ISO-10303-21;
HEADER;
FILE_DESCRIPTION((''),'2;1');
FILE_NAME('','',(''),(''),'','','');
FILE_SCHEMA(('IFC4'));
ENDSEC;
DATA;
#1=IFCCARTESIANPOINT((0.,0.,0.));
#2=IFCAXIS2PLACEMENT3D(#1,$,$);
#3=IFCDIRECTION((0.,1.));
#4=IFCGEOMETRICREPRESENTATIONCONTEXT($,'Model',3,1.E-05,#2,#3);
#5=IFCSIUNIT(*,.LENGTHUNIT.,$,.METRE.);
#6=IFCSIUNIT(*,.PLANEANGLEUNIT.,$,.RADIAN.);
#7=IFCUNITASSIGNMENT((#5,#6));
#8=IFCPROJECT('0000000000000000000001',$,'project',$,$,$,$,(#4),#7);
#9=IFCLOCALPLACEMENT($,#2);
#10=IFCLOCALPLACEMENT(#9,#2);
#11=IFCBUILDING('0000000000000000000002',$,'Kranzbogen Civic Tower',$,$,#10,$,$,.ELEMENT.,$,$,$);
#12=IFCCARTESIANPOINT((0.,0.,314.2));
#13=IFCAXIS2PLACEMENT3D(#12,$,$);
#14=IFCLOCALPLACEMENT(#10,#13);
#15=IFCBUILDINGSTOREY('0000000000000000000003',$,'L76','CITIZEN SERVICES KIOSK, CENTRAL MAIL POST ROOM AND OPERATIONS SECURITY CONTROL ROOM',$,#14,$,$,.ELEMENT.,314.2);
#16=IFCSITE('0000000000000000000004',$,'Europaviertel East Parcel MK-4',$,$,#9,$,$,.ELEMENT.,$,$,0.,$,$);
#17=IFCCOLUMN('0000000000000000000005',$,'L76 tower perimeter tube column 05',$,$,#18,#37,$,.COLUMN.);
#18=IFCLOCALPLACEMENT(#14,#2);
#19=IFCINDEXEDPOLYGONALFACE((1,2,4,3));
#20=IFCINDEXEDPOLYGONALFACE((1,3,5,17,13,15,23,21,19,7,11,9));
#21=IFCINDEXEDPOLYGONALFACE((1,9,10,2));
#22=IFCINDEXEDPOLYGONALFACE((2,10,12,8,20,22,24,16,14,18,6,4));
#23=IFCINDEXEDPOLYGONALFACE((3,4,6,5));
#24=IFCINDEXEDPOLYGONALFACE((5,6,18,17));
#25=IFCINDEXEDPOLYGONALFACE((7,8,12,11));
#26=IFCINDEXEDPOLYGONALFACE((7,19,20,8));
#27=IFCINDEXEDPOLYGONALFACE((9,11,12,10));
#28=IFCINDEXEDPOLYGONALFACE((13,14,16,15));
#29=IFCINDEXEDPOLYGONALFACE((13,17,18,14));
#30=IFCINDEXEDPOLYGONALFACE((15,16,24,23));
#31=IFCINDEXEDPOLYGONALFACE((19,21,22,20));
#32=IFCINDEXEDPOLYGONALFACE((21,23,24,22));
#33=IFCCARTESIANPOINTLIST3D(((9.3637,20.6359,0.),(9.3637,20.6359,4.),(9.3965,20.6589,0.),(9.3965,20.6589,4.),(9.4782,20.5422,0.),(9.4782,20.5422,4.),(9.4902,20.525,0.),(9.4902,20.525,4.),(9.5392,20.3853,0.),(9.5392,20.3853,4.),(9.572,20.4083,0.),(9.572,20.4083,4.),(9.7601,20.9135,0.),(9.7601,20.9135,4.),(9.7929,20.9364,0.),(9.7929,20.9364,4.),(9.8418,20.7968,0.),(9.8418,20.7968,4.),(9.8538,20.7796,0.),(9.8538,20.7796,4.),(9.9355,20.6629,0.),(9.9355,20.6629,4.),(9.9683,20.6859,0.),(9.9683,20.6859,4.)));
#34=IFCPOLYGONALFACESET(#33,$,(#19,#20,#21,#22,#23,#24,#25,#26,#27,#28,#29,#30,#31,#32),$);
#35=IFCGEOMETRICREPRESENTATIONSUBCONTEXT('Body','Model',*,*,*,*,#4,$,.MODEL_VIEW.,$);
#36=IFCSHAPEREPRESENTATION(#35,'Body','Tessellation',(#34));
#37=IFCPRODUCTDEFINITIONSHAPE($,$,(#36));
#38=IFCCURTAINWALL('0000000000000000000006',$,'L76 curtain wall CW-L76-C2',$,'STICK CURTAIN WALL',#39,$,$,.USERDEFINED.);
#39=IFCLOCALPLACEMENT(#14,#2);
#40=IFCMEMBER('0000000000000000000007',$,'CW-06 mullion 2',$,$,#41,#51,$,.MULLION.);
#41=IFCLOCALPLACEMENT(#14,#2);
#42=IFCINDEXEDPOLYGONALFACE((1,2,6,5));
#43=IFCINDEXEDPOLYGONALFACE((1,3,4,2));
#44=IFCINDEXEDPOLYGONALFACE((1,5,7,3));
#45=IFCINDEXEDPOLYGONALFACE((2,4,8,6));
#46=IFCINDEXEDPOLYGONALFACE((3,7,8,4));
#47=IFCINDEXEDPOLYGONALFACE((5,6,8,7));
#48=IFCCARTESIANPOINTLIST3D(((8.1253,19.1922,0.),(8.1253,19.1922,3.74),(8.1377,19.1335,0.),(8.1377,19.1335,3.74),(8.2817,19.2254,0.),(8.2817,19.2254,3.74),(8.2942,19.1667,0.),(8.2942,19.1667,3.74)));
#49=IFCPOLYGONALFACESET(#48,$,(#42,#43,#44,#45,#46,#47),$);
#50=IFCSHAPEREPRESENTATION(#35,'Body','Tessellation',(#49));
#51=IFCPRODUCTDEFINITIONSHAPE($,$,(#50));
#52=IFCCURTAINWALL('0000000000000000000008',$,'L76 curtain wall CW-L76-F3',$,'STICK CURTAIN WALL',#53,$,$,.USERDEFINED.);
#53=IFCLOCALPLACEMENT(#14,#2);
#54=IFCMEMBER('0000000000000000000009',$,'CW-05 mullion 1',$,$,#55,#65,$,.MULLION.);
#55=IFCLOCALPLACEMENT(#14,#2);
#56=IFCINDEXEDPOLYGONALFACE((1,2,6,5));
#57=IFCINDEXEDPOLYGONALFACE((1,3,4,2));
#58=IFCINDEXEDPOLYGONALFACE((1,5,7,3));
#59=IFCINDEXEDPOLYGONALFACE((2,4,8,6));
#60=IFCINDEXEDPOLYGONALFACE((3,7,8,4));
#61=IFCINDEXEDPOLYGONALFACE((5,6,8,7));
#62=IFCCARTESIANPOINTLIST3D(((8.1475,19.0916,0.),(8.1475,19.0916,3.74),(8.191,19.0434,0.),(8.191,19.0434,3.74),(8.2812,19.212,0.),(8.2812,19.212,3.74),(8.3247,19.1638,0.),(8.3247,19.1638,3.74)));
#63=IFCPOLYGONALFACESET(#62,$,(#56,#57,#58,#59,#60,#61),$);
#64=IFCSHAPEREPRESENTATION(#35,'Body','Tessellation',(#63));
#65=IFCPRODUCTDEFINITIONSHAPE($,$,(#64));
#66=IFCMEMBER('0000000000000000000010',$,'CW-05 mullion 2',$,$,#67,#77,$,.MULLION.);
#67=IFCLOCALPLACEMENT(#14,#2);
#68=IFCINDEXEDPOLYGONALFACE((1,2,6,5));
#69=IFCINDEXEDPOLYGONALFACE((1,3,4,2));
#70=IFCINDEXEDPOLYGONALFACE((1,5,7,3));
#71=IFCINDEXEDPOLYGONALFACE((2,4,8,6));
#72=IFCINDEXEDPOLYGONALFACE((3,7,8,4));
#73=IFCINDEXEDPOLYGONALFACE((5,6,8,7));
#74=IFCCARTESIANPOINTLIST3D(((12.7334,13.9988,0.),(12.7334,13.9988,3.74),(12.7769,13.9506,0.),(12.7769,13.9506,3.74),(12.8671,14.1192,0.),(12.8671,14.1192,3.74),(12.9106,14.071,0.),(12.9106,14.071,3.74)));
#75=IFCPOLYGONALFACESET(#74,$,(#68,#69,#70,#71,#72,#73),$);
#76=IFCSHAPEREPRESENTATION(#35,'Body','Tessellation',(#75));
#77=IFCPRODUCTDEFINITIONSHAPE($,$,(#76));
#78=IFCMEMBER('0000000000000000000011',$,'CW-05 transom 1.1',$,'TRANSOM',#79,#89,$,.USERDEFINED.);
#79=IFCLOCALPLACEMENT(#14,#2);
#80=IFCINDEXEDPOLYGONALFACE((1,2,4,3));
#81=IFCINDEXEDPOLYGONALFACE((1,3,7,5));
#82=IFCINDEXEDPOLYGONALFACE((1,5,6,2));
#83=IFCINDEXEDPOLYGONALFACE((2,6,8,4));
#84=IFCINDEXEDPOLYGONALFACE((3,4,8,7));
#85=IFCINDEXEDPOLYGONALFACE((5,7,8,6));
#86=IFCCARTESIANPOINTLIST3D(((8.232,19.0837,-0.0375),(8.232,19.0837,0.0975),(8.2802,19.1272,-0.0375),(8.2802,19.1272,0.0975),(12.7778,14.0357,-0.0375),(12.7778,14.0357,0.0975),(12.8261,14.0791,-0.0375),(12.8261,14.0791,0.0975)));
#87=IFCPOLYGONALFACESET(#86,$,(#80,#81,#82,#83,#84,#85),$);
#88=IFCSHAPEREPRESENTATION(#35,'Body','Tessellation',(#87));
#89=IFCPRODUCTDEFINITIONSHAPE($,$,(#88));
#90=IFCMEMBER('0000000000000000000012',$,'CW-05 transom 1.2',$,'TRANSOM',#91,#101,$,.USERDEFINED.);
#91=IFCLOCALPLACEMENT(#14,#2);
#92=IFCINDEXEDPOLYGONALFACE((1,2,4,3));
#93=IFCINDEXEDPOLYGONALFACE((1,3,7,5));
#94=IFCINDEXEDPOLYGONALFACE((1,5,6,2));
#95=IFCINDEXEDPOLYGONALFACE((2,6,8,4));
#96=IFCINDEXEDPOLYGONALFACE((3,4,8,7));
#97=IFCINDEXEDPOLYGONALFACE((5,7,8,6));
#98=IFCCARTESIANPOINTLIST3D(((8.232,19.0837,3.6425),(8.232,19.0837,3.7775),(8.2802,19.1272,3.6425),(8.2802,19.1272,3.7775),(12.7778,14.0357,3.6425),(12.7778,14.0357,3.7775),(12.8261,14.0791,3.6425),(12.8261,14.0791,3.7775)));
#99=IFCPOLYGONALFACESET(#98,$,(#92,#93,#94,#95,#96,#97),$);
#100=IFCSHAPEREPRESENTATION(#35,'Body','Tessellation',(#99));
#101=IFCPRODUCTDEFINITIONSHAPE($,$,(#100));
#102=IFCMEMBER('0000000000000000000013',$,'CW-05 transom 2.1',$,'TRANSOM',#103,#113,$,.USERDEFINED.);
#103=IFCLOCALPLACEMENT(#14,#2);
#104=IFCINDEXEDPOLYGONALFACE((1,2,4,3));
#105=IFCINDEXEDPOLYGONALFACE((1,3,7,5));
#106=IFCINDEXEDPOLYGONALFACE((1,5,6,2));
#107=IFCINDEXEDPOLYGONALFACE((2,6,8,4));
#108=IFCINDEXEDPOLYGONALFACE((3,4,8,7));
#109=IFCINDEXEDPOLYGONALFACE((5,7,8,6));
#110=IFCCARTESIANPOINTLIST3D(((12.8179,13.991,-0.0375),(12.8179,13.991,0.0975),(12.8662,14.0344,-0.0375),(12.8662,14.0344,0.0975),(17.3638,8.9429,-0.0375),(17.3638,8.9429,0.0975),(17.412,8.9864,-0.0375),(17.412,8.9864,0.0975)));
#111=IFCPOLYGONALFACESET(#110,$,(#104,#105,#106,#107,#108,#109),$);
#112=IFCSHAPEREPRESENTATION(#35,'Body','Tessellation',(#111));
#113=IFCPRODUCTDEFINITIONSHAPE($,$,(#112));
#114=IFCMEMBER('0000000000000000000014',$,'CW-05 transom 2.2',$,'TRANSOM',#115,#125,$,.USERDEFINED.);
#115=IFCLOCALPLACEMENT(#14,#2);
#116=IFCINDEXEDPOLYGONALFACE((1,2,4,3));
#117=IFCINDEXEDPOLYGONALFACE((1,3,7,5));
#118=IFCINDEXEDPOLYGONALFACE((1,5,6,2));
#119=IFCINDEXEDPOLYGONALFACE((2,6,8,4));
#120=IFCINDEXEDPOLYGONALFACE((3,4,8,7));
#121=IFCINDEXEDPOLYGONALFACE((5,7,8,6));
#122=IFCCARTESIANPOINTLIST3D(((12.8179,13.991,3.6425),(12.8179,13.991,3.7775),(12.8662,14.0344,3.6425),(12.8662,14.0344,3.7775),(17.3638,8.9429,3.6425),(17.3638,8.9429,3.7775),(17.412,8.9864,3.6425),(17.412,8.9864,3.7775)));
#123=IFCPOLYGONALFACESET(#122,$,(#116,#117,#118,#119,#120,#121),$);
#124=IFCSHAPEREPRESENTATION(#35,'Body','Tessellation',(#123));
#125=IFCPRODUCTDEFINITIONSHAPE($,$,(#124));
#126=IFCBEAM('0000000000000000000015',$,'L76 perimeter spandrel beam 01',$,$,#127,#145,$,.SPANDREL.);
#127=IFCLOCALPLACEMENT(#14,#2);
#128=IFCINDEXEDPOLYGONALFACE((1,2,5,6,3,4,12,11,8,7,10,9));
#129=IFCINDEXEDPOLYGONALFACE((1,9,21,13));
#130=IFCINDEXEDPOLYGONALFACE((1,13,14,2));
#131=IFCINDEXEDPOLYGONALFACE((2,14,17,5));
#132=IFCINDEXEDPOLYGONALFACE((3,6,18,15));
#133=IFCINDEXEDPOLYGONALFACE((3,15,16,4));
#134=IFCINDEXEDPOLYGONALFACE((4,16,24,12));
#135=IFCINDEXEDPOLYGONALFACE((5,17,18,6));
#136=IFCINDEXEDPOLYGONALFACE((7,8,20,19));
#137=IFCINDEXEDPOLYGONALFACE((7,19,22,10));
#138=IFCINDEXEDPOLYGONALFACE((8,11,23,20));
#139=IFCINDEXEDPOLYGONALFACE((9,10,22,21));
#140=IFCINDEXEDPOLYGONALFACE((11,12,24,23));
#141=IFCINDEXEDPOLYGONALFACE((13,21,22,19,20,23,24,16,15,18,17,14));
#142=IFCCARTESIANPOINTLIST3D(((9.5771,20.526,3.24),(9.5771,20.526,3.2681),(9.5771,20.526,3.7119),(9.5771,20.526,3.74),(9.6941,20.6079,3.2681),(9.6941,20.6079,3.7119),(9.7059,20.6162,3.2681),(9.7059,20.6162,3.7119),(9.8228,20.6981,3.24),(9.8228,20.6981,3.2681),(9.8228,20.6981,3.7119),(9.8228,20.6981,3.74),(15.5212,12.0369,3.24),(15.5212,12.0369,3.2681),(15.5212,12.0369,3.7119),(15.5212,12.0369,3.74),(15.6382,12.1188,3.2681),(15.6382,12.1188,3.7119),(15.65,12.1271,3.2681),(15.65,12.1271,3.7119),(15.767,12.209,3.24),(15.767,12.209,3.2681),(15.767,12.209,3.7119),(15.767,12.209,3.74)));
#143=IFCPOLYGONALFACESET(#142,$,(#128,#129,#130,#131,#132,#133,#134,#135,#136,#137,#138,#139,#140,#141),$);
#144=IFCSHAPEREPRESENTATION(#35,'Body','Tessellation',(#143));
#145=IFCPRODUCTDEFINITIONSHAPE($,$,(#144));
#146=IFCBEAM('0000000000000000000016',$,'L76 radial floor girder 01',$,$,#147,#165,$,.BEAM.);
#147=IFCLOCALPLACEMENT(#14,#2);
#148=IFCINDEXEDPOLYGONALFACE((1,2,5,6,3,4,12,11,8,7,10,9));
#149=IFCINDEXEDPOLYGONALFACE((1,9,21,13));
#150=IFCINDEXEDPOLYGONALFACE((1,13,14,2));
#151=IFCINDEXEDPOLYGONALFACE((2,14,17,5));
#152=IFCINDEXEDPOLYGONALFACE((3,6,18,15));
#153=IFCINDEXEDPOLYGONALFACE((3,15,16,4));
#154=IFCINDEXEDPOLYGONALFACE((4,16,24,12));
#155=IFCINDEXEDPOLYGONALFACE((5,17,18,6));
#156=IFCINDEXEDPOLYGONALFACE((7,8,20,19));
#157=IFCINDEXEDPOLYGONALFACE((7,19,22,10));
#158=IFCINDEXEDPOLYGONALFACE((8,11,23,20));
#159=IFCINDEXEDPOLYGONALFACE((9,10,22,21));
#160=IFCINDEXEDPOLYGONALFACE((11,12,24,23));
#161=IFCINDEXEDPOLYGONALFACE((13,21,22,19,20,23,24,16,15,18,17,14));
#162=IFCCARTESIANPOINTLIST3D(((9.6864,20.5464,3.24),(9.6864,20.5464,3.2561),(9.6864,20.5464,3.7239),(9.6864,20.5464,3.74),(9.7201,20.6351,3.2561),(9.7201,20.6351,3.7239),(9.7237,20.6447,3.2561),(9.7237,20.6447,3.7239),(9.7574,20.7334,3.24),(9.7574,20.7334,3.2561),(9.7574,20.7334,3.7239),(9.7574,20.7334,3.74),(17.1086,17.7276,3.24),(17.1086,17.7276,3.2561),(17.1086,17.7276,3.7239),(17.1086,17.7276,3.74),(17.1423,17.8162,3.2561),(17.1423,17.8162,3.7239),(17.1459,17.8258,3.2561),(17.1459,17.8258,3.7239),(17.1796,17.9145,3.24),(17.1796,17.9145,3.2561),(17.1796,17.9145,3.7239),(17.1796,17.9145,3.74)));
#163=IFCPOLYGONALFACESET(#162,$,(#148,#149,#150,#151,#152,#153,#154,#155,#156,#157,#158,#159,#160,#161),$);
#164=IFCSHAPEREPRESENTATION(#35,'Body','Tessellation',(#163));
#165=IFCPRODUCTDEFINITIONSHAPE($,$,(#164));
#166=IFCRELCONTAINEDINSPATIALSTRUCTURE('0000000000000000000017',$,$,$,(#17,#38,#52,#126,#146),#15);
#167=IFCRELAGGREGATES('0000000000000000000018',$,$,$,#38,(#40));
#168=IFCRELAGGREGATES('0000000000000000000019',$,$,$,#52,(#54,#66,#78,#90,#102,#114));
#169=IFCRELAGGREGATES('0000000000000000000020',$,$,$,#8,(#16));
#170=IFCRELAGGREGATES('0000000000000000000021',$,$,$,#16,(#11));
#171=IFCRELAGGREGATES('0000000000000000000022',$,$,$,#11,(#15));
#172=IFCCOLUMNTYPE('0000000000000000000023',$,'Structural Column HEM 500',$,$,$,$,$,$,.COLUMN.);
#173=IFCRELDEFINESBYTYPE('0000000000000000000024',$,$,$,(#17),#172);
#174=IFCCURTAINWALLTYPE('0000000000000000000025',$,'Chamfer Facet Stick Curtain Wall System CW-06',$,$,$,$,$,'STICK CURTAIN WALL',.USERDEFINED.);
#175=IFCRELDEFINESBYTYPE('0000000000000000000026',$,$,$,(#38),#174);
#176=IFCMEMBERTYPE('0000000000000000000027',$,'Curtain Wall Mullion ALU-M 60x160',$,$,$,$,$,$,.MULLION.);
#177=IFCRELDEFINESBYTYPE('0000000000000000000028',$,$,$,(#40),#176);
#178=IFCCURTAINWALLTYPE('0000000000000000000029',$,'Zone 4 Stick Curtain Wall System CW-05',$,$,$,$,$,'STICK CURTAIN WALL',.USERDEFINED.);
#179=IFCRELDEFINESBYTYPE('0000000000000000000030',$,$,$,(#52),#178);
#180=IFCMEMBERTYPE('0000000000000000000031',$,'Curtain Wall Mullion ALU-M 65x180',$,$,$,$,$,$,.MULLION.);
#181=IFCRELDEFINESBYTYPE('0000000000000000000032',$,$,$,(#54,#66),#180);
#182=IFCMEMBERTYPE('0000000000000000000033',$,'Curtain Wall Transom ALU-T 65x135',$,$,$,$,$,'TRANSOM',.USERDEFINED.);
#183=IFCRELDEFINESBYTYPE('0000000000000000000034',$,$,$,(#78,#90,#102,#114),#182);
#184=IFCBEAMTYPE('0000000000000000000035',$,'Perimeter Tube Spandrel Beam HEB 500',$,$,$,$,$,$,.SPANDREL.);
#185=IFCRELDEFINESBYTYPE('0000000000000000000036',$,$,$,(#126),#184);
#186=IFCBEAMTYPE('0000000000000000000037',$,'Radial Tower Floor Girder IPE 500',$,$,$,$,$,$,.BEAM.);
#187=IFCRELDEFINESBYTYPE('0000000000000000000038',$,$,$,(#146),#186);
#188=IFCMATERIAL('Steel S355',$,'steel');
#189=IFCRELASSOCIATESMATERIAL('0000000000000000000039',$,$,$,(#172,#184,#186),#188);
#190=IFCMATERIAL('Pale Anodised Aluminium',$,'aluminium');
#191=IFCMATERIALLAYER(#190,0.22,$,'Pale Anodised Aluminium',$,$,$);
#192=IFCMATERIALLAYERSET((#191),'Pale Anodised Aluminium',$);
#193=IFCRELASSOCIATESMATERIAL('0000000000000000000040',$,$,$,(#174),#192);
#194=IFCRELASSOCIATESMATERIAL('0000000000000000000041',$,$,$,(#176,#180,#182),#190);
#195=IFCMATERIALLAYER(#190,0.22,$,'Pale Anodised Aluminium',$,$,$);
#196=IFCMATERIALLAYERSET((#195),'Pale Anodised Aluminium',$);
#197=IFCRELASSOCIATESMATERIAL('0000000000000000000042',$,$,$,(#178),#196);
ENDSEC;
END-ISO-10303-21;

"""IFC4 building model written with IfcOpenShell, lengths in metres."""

from ifc_helpers import new_model, si_unit, direction, frame, origin, origin_2d, place, context, subcontext, project, spatial, rectangle, i_section, extrude, material, layer, layer_set, material_profile, profile_set, type_object, element, aggregate, save


model = new_model("IFC4")

# Units and contexts
model_context = context("Model", 3, precision=1e-05, world=origin(), true_north=direction((0.0, 1.0)))
body_context = subcontext(model_context, "Body", "Model", "MODEL_VIEW")
ifc_project = project(units=[si_unit("LENGTHUNIT", "METRE"), si_unit("PLANEANGLEUNIT", "RADIAN")], contexts=[model_context])

# Site, building, storey
site_placement = place(None, origin())
site = spatial("IfcSite", under=ifc_project, at=site_placement, Name="Europaviertel East Parcel MK-4", CompositionType="ELEMENT", RefElevation=0.0)
building_placement = place(site_placement, origin())
building = spatial("IfcBuilding", under=site, at=building_placement, Name="Kranzbogen Civic Tower", CompositionType="ELEMENT")
storey_placement = place(building_placement, frame((0.0, 0.0, 314.2)))
storey = spatial("IfcBuildingStorey", under=building, at=storey_placement, Name="L76", Description="CITIZEN SERVICES KIOSK, CENTRAL MAIL POST ROOM AND OPERATIONS SECURITY CONTROL ROOM", CompositionType="ELEMENT", Elevation=314.2)

# Column
ifc_material_1 = material(Name="Steel S355", Category="steel")
ifc_material_profile_1 = material_profile(ifc_material_1, i_section(OverallWidth=0.3059, OverallDepth=0.5239, WebThickness=0.021, FlangeThickness=0.04, at=origin_2d()), Name="HEM 500")
ifc_profile_set_1 = profile_set([ifc_material_profile_1], Name="Steel S355")
column_type = type_object("IfcColumnType", Name="Structural Column HEM 500", PredefinedType="COLUMN", material=ifc_profile_set_1)
column_placement = place(storey_placement, frame((9.666, 20.6609, 0.0), z_axis=(0.0, 0.0, 1.0), x_axis=(-0.573576, 0.819152, 0.0)))
element("IfcColumn", 1, at=column_placement, inside=storey, type_object=column_type, Name="L76 tower perimeter tube column 05", PredefinedType="COLUMN", context=body_context, shape_type="SweptSolid", body=[
    extrude(i_section(OverallWidth=0.3059, OverallDepth=0.5239, WebThickness=0.021, FlangeThickness=0.04, at=origin_2d()), origin(), (0.0, 0.0, 1.0), 4.0),
])

# Curtain wall, member
ifc_material_2 = material(Name="Pale Anodised Aluminium", Category="aluminium")
ifc_layer_1 = layer(ifc_material_2, 0.22, Name="Pale Anodised Aluminium")
ifc_layer_set_1 = layer_set([ifc_layer_1], Name="Pale Anodised Aluminium")
curtain_wall_type_1 = type_object("IfcCurtainWallType", Name="Chamfer Facet Stick Curtain Wall System CW-06", ElementType="STICK CURTAIN WALL", PredefinedType="USERDEFINED", material=ifc_layer_set_1)
curtain_wall_1_placement = place(storey_placement, origin())
curtain_wall_1 = element("IfcCurtainWall", 2, at=curtain_wall_1_placement, inside=storey, type_object=curtain_wall_type_1, Name="L76 curtain wall CW-L76-C2", ObjectType="STICK CURTAIN WALL", PredefinedType="USERDEFINED")
ifc_material_profile_2 = material_profile(ifc_material_2, rectangle(XDim=0.0601, YDim=0.1599, at=origin_2d()), Name="ALU-M 60x160")
ifc_profile_set_2 = profile_set([ifc_material_profile_2], Name="Pale Anodised Aluminium")
member_type_1 = type_object("IfcMemberType", Name="Curtain Wall Mullion ALU-M 60x160", PredefinedType="MULLION", material=ifc_profile_set_2)
member_1_placement = place(storey_placement, frame((8.2097, 19.1794, 0.0), z_axis=(0.0, 0.0, 1.0), x_axis=(0.207816, -0.978168, 0.0)))
member_1 = element("IfcMember", 3, at=member_1_placement, type_object=member_type_1, Name="CW-06 mullion 2", PredefinedType="MULLION", context=body_context, shape_type="SweptSolid", body=[
    extrude(rectangle(XDim=0.0601, YDim=0.1599, at=origin_2d()), origin(), (0.0, 0.0, 1.0), 3.74),
])
aggregate(curtain_wall_1, [member_1])

# Curtain wall, members
ifc_layer_2 = layer(ifc_material_2, 0.22, Name="Pale Anodised Aluminium")
ifc_layer_set_2 = layer_set([ifc_layer_2], Name="Pale Anodised Aluminium")
curtain_wall_type_2 = type_object("IfcCurtainWallType", Name="Zone 4 Stick Curtain Wall System CW-05", ElementType="STICK CURTAIN WALL", PredefinedType="USERDEFINED", material=ifc_layer_set_2)
curtain_wall_2_placement = place(storey_placement, origin())
curtain_wall_2 = element("IfcCurtainWall", 4, at=curtain_wall_2_placement, inside=storey, type_object=curtain_wall_type_2, Name="L76 curtain wall CW-L76-F3", ObjectType="STICK CURTAIN WALL", PredefinedType="USERDEFINED")
ifc_material_profile_3 = material_profile(ifc_material_2, rectangle(XDim=0.0649, YDim=0.1799, at=origin_2d()), Name="ALU-M 65x180")
ifc_profile_set_3 = profile_set([ifc_material_profile_3], Name="Pale Anodised Aluminium")
member_type_2 = type_object("IfcMemberType", Name="Curtain Wall Mullion ALU-M 65x180", PredefinedType="MULLION", material=ifc_profile_set_3)
member_2_placement = place(storey_placement, frame((8.2361, 19.1277, 0.0), z_axis=(0.0, 0.0, 1.0), x_axis=(0.669165, -0.743114, 0.0)))
member_2 = element("IfcMember", 5, at=member_2_placement, type_object=member_type_2, Name="CW-05 mullion 1", PredefinedType="MULLION", context=body_context, shape_type="SweptSolid", body=[
    extrude(rectangle(XDim=0.0649, YDim=0.1799, at=origin_2d()), origin(), (0.0, 0.0, 1.0), 3.74),
])
member_3_placement = place(storey_placement, frame((12.822, 14.0349, 0.0), z_axis=(0.0, 0.0, 1.0), x_axis=(0.669165, -0.743114, 0.0)))
member_3 = element("IfcMember", 6, at=member_3_placement, type_object=member_type_2, Name="CW-05 mullion 2", PredefinedType="MULLION", context=body_context, shape_type="SweptSolid", body=[
    extrude(rectangle(XDim=0.0649, YDim=0.1799, at=origin_2d()), origin(), (0.0, 0.0, 1.0), 3.74),
])
ifc_material_profile_4 = material_profile(ifc_material_2, rectangle(XDim=0.0649, YDim=0.135, at=origin_2d()), Name="ALU-T 65x135")
ifc_profile_set_4 = profile_set([ifc_material_profile_4], Name="Pale Anodised Aluminium")
member_type_3 = type_object("IfcMemberType", Name="Curtain Wall Transom ALU-T 65x135", ElementType="TRANSOM", PredefinedType="USERDEFINED", material=ifc_profile_set_4)
member_4_placement = place(storey_placement, frame((8.2561, 19.1055, 0.03), z_axis=(0.669177, -0.743103, 0.0), x_axis=(0.743103, 0.669177, 0.0)))
member_4 = element("IfcMember", 7, at=member_4_placement, type_object=member_type_3, Name="CW-05 transom 1.1", ObjectType="TRANSOM", PredefinedType="USERDEFINED", context=body_context, shape_type="SweptSolid", body=[
    extrude(rectangle(XDim=0.0649, YDim=0.135, at=origin_2d()), origin(), (0.0, 0.0, 1.0), 6.7932),
])
member_5_placement = place(storey_placement, frame((8.2561, 19.1055, 3.71), z_axis=(0.669177, -0.743103, 0.0), x_axis=(0.743103, 0.669177, 0.0)))
member_5 = element("IfcMember", 8, at=member_5_placement, type_object=member_type_3, Name="CW-05 transom 1.2", ObjectType="TRANSOM", PredefinedType="USERDEFINED", context=body_context, shape_type="SweptSolid", body=[
    extrude(rectangle(XDim=0.0649, YDim=0.135, at=origin_2d()), origin(), (0.0, 0.0, 1.0), 6.7932),
])
member_6_placement = place(storey_placement, frame((12.842, 14.0127, 0.03), z_axis=(0.669177, -0.743103, 0.0), x_axis=(0.743103, 0.669177, 0.0)))
member_6 = element("IfcMember", 9, at=member_6_placement, type_object=member_type_3, Name="CW-05 transom 2.1", ObjectType="TRANSOM", PredefinedType="USERDEFINED", context=body_context, shape_type="SweptSolid", body=[
    extrude(rectangle(XDim=0.0649, YDim=0.135, at=origin_2d()), origin(), (0.0, 0.0, 1.0), 6.7932),
])
member_7_placement = place(storey_placement, frame((12.842, 14.0127, 3.71), z_axis=(0.669177, -0.743103, 0.0), x_axis=(0.743103, 0.669177, 0.0)))
member_7 = element("IfcMember", 10, at=member_7_placement, type_object=member_type_3, Name="CW-05 transom 2.2", ObjectType="TRANSOM", PredefinedType="USERDEFINED", context=body_context, shape_type="SweptSolid", body=[
    extrude(rectangle(XDim=0.0649, YDim=0.135, at=origin_2d()), origin(), (0.0, 0.0, 1.0), 6.7932),
])

# Beams
ifc_material_profile_5 = material_profile(ifc_material_1, i_section(OverallWidth=0.3, OverallDepth=0.5, WebThickness=0.0144, FlangeThickness=0.0281, at=origin_2d()), Name="HEB 500")
ifc_profile_set_5 = profile_set([ifc_material_profile_5], Name="Steel S355")
beam_type_1 = type_object("IfcBeamType", Name="Perimeter Tube Spandrel Beam HEB 500", PredefinedType="SPANDREL", material=ifc_profile_set_5)
beam_1_placement = place(storey_placement, frame((9.7, 20.6121, 3.49), z_axis=(0.573578, -0.819151, 0.0), x_axis=(0.819151, 0.573578, 0.0)))
element("IfcBeam", 11, at=beam_1_placement, inside=storey, type_object=beam_type_1, Name="L76 perimeter spandrel beam 01", PredefinedType="SPANDREL", context=body_context, shape_type="SweptSolid", body=[
    extrude(i_section(OverallWidth=0.3, OverallDepth=0.5, WebThickness=0.0144, FlangeThickness=0.0281, at=origin_2d()), origin(), (0.0, 0.0, 1.0), 10.3633),
])
ifc_material_profile_6 = material_profile(ifc_material_1, i_section(OverallWidth=0.2, OverallDepth=0.5, WebThickness=0.0103, FlangeThickness=0.0161, at=origin_2d()), Name="IPE 500")
ifc_profile_set_6 = profile_set([ifc_material_profile_6], Name="Steel S355")
beam_type_2 = type_object("IfcBeamType", Name="Radial Tower Floor Girder IPE 500", PredefinedType="BEAM", material=ifc_profile_set_6)
beam_2_placement = place(storey_placement, frame((9.7219, 20.6399, 3.49), z_axis=(0.934849, -0.355046, 0.0), x_axis=(0.355046, 0.934849, 0.0)))
element("IfcBeam", 12, at=beam_2_placement, inside=storey, type_object=beam_type_2, Name="L76 radial floor girder 01", PredefinedType="BEAM", context=body_context, shape_type="SweptSolid", body=[
    extrude(i_section(OverallWidth=0.2, OverallDepth=0.5, WebThickness=0.0103, FlangeThickness=0.0161, at=origin_2d()), origin(), (0.0, 0.0, 1.0), 7.9395),
])

aggregate(curtain_wall_2, [member_2, member_3, member_4, member_5, member_6, member_7])

save(model, "model.ifc")
